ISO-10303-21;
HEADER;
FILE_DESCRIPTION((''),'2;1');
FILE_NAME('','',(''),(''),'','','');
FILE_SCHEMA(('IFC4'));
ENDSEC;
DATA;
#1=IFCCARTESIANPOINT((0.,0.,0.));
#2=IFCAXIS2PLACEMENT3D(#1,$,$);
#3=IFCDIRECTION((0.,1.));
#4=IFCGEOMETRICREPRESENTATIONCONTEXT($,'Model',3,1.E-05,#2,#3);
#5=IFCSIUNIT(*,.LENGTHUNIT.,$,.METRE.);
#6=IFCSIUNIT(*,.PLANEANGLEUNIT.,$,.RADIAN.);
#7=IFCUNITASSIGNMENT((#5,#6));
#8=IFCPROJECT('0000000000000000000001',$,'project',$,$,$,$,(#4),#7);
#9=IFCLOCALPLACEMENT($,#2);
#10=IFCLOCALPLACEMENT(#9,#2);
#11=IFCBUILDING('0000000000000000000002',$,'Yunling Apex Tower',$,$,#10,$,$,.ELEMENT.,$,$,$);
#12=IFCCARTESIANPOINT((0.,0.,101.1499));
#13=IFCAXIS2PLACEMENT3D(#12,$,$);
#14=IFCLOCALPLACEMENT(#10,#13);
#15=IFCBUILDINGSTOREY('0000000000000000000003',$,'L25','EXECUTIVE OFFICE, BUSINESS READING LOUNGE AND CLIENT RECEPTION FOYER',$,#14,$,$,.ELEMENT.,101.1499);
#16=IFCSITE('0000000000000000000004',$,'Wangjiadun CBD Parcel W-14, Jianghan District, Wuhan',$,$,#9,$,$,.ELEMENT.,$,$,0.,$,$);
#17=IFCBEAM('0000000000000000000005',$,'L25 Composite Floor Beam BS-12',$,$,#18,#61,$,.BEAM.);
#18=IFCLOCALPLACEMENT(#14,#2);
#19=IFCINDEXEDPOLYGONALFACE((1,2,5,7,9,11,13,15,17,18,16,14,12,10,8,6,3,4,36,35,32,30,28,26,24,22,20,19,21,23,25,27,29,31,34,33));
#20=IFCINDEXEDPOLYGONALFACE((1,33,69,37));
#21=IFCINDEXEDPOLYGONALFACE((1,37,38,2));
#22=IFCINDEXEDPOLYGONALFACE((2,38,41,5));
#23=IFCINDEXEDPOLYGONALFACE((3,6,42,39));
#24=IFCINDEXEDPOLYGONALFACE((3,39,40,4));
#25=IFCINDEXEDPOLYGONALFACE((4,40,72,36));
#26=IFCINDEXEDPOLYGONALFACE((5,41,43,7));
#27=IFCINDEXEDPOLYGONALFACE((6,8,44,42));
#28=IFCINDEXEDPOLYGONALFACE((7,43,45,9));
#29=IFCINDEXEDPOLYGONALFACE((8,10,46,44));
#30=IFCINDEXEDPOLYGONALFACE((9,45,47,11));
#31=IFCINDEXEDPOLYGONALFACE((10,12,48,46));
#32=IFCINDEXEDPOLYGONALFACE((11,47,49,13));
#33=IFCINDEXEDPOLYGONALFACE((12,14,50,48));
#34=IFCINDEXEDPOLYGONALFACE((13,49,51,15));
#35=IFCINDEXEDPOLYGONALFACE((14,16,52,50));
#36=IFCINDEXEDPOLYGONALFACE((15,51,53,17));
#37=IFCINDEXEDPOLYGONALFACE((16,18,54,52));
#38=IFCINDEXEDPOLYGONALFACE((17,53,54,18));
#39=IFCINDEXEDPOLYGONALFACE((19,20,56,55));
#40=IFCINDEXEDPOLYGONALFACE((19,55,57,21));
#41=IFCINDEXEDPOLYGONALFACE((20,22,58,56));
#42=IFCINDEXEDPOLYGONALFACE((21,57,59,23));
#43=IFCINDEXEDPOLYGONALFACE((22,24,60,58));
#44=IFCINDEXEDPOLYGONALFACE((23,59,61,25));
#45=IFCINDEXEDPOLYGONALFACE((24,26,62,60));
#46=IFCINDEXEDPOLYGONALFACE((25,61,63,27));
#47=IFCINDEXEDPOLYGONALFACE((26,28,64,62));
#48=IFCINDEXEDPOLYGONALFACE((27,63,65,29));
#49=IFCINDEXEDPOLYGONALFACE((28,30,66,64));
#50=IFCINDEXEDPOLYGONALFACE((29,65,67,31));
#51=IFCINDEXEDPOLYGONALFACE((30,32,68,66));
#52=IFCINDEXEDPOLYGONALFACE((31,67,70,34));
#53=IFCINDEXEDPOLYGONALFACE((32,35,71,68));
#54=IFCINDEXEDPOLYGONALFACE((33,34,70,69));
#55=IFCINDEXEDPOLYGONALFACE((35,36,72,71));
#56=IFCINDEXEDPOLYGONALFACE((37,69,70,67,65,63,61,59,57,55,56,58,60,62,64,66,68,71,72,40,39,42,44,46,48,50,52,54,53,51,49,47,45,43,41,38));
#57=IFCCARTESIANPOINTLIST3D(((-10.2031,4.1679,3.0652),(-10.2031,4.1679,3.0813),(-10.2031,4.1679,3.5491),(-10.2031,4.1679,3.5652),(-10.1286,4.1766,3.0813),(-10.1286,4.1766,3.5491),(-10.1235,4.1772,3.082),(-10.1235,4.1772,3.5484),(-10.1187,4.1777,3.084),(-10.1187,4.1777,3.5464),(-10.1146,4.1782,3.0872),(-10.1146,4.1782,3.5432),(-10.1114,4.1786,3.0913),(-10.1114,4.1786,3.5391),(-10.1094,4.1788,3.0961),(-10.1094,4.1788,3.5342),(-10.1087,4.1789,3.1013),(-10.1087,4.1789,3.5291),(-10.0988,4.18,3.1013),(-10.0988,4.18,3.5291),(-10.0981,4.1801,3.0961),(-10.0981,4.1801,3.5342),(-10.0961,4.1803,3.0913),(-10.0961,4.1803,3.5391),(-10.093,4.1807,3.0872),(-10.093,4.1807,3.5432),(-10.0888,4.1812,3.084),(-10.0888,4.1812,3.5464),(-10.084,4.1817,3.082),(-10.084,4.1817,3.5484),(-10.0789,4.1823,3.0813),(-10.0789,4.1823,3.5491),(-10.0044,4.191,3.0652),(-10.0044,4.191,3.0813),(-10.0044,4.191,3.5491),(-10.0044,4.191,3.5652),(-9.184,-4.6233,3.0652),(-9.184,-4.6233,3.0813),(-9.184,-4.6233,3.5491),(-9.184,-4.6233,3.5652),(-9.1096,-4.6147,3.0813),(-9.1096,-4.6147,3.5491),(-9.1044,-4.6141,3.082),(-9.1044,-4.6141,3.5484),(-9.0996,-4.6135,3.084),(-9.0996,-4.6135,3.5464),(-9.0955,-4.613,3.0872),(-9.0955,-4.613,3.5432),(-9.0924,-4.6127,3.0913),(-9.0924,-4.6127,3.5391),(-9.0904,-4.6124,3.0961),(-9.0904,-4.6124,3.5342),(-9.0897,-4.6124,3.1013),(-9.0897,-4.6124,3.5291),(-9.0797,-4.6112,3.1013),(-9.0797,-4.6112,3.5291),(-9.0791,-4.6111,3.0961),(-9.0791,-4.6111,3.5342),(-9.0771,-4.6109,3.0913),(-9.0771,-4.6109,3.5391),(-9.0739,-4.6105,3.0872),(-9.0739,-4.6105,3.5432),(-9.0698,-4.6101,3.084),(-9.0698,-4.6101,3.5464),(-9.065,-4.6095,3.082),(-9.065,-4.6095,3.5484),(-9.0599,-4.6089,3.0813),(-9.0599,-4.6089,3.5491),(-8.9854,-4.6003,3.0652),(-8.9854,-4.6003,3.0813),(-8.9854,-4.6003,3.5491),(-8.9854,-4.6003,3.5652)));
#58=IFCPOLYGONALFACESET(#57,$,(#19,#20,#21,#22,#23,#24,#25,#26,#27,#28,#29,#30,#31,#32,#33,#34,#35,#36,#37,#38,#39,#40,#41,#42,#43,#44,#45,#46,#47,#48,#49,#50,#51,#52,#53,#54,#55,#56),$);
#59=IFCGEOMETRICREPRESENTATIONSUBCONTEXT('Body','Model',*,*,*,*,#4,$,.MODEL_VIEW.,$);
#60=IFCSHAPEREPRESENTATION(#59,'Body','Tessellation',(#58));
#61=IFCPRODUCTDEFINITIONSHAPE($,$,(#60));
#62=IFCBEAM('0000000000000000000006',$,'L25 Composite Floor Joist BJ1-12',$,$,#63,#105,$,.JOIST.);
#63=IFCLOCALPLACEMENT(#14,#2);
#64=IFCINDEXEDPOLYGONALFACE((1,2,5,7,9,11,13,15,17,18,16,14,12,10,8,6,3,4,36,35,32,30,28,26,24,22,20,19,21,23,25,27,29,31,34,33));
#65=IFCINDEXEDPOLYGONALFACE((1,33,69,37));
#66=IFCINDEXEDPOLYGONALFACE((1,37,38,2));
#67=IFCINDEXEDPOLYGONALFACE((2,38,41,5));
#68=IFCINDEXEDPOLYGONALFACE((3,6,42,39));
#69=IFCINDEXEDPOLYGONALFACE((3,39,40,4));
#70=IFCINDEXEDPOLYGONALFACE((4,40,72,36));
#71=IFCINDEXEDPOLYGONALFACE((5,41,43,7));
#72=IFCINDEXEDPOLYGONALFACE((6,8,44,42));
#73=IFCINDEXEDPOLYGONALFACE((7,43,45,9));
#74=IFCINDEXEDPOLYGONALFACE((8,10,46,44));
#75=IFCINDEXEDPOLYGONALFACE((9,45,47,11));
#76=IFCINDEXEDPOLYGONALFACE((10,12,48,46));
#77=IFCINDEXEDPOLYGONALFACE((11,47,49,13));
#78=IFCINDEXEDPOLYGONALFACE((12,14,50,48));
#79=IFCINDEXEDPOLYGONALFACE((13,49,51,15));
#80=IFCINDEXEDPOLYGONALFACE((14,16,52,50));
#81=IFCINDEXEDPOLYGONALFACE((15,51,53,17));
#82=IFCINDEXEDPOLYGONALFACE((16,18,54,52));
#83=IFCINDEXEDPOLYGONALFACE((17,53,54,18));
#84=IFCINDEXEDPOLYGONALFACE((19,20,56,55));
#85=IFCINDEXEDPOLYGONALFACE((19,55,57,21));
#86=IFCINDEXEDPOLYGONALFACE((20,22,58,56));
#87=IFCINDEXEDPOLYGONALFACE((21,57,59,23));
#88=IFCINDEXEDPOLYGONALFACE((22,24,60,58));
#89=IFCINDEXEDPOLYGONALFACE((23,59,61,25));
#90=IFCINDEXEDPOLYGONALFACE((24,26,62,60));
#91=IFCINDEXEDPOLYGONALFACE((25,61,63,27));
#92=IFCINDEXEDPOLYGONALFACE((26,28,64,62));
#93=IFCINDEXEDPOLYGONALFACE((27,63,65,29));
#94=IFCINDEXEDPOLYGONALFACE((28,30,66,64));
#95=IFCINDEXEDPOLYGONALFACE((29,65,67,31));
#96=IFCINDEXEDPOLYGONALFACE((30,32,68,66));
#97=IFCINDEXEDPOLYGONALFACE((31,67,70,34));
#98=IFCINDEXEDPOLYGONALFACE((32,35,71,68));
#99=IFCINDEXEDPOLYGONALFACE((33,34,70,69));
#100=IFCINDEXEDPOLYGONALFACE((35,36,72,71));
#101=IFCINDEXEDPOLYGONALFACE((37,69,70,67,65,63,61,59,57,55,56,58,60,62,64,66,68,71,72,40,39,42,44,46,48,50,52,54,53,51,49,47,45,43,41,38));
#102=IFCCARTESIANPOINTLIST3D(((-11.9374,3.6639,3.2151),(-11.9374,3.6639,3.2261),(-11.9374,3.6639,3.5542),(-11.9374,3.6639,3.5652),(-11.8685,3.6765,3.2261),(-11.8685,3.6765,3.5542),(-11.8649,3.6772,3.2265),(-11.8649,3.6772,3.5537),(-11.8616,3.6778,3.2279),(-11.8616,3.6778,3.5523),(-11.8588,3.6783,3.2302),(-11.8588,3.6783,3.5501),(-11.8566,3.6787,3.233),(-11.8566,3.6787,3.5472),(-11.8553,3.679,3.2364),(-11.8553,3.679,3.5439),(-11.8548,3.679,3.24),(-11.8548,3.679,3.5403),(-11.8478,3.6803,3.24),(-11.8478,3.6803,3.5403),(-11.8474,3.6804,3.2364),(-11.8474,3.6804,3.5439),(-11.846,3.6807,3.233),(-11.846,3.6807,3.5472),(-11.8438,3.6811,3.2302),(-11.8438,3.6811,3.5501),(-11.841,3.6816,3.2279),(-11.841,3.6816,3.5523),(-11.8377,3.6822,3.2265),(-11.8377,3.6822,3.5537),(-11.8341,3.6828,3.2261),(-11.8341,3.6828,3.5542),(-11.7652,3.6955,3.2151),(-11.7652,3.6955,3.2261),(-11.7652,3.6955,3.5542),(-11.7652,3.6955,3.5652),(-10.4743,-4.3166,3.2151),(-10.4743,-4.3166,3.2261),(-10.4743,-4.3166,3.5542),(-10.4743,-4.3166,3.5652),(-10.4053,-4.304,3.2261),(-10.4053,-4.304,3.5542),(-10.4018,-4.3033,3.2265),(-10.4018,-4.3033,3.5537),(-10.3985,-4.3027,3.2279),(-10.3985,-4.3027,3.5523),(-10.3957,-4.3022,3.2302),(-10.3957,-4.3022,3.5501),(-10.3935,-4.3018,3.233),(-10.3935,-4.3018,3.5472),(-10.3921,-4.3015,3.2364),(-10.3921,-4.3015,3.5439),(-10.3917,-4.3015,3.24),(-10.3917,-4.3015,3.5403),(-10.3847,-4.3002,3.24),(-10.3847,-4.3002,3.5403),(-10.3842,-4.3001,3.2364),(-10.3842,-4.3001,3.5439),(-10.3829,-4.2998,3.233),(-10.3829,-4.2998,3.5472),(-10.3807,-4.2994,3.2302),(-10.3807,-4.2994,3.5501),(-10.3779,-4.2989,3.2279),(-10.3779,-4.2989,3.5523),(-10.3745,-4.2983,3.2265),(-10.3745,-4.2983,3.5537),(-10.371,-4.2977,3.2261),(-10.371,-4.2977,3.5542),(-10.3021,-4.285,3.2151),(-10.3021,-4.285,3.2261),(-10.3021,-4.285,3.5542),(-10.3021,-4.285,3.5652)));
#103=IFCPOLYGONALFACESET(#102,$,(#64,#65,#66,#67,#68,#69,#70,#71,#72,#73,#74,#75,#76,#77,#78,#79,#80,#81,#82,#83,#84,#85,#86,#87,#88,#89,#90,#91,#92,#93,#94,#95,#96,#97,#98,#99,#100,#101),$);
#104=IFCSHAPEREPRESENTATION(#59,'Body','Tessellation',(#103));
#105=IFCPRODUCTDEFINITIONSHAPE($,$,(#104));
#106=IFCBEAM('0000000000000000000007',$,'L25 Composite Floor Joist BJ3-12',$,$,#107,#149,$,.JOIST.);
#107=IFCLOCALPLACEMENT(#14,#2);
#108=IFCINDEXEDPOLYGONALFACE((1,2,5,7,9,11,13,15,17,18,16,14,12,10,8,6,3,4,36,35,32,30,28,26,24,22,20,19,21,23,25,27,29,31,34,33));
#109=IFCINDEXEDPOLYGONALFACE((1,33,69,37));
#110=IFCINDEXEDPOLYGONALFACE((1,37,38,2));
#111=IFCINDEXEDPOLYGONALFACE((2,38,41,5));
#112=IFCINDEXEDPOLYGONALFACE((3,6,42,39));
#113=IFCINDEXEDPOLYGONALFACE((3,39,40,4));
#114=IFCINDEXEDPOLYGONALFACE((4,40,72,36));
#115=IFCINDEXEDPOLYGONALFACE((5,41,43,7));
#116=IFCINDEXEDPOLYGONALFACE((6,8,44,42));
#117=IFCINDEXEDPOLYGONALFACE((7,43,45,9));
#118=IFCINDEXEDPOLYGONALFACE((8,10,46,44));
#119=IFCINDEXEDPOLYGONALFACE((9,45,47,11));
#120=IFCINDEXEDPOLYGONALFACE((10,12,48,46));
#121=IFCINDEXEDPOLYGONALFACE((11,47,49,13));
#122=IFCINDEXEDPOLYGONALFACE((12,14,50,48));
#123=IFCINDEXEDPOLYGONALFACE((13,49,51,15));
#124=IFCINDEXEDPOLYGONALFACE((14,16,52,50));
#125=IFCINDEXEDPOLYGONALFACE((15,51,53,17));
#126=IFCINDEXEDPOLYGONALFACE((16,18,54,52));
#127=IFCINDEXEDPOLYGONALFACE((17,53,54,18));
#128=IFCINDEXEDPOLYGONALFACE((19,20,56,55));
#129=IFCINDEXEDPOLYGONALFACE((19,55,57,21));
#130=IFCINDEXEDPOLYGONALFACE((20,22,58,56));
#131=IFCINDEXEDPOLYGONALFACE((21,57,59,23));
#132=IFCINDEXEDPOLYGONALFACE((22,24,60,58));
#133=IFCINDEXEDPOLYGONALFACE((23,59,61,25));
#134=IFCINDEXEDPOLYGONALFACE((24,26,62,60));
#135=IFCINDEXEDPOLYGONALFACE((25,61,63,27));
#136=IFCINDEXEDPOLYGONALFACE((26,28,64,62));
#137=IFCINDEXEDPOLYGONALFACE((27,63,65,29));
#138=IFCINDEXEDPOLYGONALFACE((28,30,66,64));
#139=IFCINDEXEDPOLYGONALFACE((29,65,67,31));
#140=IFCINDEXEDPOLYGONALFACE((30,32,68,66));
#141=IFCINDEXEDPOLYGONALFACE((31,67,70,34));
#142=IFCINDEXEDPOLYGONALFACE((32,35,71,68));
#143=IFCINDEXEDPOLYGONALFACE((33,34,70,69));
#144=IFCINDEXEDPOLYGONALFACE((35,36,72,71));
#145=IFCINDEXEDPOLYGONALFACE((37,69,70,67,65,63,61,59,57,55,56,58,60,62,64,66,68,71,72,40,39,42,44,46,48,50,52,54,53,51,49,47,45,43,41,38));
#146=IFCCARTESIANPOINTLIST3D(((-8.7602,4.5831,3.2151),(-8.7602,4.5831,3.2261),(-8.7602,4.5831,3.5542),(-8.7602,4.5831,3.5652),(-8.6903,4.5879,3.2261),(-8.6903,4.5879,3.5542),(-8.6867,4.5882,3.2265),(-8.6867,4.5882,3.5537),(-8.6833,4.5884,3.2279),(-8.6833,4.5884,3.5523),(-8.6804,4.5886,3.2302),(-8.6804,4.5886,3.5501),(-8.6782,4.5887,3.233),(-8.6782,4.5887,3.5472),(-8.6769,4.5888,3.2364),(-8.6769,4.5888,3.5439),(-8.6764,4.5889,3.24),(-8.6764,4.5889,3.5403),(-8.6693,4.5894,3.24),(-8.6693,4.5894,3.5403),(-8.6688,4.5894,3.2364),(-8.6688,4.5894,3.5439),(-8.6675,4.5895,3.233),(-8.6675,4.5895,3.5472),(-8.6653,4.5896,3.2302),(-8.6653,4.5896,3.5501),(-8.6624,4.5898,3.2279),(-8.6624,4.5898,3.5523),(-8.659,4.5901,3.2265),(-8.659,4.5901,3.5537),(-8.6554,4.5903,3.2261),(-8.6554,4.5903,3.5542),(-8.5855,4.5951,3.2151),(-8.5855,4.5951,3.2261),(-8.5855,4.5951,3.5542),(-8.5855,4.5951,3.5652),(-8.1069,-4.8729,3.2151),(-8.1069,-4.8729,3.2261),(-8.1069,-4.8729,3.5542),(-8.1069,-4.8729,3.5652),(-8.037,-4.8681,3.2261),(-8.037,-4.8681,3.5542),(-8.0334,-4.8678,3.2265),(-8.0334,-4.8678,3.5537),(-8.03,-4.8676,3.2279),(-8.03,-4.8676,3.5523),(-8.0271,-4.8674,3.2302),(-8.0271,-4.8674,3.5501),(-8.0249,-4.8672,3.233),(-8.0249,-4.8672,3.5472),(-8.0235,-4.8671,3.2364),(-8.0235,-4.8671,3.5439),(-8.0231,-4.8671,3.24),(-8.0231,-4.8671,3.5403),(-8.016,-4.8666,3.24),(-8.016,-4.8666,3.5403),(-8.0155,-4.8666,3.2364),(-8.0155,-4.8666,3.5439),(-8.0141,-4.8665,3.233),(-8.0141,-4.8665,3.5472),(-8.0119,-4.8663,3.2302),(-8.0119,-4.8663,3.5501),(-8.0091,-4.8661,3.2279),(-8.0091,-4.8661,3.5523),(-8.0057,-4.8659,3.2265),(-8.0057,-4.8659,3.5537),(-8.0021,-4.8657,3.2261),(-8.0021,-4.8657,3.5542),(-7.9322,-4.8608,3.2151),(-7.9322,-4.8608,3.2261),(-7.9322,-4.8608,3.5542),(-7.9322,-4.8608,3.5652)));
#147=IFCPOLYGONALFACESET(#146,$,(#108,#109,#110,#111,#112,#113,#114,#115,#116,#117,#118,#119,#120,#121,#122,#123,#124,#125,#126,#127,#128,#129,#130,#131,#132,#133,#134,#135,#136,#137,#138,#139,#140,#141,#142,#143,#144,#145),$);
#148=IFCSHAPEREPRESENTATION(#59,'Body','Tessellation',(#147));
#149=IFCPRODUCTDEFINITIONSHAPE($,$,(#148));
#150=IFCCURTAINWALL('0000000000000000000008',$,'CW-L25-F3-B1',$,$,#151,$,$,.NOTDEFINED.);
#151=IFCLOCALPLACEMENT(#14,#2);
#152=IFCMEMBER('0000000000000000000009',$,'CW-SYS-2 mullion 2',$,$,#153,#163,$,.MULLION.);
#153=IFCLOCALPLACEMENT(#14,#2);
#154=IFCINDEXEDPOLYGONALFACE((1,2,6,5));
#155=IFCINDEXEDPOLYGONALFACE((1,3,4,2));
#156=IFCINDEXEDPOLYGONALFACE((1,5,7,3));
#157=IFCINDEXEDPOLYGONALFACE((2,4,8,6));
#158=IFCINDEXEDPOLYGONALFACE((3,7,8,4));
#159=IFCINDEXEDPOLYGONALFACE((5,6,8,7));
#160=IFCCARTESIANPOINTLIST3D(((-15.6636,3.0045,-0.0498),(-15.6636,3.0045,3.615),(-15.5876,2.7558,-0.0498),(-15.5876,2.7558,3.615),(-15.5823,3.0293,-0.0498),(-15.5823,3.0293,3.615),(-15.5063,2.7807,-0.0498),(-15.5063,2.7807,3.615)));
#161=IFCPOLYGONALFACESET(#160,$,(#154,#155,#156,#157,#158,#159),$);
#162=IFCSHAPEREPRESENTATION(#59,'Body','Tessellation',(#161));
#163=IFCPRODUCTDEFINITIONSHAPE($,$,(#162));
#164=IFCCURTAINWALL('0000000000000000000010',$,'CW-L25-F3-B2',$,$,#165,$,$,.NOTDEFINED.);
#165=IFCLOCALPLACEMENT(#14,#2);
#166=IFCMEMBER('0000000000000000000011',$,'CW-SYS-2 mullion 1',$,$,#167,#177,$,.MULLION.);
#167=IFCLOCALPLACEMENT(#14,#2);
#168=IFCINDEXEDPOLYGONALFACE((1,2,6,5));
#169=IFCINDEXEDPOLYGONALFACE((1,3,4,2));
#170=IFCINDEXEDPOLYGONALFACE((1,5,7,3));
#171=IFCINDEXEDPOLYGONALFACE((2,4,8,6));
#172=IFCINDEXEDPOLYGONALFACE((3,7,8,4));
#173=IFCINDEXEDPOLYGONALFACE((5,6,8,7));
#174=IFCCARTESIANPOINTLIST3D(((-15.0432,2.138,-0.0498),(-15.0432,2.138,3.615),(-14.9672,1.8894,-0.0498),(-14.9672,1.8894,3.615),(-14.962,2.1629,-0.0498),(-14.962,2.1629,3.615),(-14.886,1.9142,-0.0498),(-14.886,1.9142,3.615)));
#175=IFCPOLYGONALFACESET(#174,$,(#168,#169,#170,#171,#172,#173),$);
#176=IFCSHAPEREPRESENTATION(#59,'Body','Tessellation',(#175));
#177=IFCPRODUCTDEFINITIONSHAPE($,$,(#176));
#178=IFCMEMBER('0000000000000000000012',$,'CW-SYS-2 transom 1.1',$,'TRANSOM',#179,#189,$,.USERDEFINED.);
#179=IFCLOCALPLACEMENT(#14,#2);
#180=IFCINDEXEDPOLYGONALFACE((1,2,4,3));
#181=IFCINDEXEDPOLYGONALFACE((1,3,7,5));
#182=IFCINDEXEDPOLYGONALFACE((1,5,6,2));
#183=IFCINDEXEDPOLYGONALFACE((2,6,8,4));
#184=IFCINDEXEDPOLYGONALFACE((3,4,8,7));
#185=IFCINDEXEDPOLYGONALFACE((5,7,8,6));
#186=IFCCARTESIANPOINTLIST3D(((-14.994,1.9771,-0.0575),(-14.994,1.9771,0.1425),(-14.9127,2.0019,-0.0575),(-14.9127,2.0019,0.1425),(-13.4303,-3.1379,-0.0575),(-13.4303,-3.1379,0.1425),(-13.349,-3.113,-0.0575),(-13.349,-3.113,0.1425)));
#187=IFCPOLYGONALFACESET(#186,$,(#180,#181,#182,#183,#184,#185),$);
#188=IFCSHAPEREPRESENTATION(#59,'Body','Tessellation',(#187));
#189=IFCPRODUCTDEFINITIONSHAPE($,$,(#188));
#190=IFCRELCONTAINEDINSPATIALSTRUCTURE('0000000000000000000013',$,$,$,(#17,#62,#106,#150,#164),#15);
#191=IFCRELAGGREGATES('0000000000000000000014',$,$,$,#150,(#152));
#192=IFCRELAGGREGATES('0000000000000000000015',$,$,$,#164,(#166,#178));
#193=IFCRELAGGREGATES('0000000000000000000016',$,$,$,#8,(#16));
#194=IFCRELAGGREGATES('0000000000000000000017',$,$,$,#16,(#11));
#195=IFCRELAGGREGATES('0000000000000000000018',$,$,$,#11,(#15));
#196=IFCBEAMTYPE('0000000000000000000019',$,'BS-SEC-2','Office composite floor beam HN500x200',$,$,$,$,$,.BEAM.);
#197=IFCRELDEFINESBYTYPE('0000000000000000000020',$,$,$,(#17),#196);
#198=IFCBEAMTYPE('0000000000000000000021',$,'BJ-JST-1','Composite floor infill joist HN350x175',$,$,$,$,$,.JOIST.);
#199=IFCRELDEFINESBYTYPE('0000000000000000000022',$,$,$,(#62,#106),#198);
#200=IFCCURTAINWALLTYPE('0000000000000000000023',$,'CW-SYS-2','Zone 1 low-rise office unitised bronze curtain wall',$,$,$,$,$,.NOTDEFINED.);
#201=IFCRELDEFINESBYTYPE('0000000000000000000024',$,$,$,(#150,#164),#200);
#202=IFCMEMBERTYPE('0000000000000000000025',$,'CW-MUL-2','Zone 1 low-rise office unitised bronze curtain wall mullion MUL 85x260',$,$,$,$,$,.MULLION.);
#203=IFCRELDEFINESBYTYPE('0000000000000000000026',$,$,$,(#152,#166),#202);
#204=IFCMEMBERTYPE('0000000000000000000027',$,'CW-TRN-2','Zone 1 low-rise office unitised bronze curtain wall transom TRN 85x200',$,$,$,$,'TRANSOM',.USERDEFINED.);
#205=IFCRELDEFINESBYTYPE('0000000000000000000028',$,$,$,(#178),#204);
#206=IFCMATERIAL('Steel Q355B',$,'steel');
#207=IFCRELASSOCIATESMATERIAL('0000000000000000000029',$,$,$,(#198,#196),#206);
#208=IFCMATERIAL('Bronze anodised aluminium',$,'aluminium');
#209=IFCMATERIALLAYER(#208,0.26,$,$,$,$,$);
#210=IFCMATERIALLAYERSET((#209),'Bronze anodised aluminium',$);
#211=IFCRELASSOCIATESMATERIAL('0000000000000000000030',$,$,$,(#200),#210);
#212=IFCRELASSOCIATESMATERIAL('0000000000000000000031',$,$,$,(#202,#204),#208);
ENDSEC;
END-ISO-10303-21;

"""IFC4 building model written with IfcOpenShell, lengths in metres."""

from ifc_helpers import new_model, si_unit, direction, frame, origin, origin_2d, place, context, subcontext, project, spatial, rectangle, i_section, extrude, source, transform, mapped, material, layer, layer_set, material_profile, profile_set, type_object, element, aggregate, save


model = new_model("IFC4")

# Units and contexts
model_context = context("Model", 3, precision=1e-05, world=origin(), true_north=direction((0.0, 1.0)))
body_context = subcontext(model_context, "Body", "Model", "MODEL_VIEW")
ifc_project = project(units=[si_unit("LENGTHUNIT", "METRE"), si_unit("PLANEANGLEUNIT", "RADIAN")], contexts=[model_context])

# Site, building, storey
site_placement = place(None, origin())
site = spatial("IfcSite", under=ifc_project, at=site_placement, Name="Wangjiadun CBD Parcel W-14, Jianghan District, Wuhan", CompositionType="ELEMENT", RefElevation=0.0)
building_placement = place(site_placement, origin())
building = spatial("IfcBuilding", under=site, at=building_placement, Name="Yunling Apex Tower", CompositionType="ELEMENT")
storey_placement = place(building_placement, frame((0.0, 0.0, 101.1499)))
storey = spatial("IfcBuildingStorey", under=building, at=storey_placement, Name="L25", Description="EXECUTIVE OFFICE, BUSINESS READING LOUNGE AND CLIENT RECEPTION FOYER", CompositionType="ELEMENT", Elevation=101.1499)

# Beams
ifc_material_1 = material(Name="Steel Q355B", Category="steel")
ifc_material_profile_1 = material_profile(ifc_material_1, i_section(OverallWidth=0.175, OverallDepth=0.3501, WebThickness=0.0071, FlangeThickness=0.011, FilletRadius=0.0139, at=origin_2d()))
ifc_profile_set_1 = profile_set([ifc_material_profile_1], Name="Steel Q355B")
beam_type_1 = type_object("IfcBeamType", Name="BJ-JST-1", Description="Composite floor infill joist HN350x175", PredefinedType="JOIST", material=ifc_profile_set_1)
ifc_material_profile_2 = material_profile(ifc_material_1, i_section(OverallWidth=0.2, OverallDepth=0.5, WebThickness=0.01, FlangeThickness=0.0161, FilletRadius=0.02, at=origin_2d()))
ifc_profile_set_2 = profile_set([ifc_material_profile_2], Name="Steel Q355B")
beam_type_2 = type_object("IfcBeamType", Name="BS-SEC-2", Description="Office composite floor beam HN500x200", PredefinedType="BEAM", material=ifc_profile_set_2)
shared_shape_1 = source(origin(), body_context, "Body", "SweptSolid", [
    extrude(i_section(OverallWidth=0.2, OverallDepth=0.5, WebThickness=0.01, FlangeThickness=0.0161, FilletRadius=0.02, at=origin_2d()), origin(), (0.0, 0.0, 1.0), 8.8501),
])
beam_1_placement = place(storey_placement, frame((-10.1038, 4.1794, 3.3152), z_axis=(0.115144, -0.993349, 0.0), x_axis=(0.993349, 0.115144, 0.0)))
element("IfcBeam", 1, at=beam_1_placement, inside=storey, type_object=beam_type_2, Name="L25 Composite Floor Beam BS-12", PredefinedType="BEAM", context=body_context, shape_type="MappedRepresentation", body=[
    mapped(shared_shape_1, transform((0.0, 0.0, 0.0), scale=1.0)),
])
shared_shape_2 = source(origin(), body_context, "Body", "SweptSolid", [
    extrude(i_section(OverallWidth=0.175, OverallDepth=0.3501, WebThickness=0.0071, FlangeThickness=0.011, FilletRadius=0.0139, at=origin_2d()), origin(), (0.0, 0.0, 1.0), 8.1135),
])
beam_2_placement = place(storey_placement, frame((-11.8513, 3.6797, 3.3901), z_axis=(0.180334, -0.983605, 0.0), x_axis=(0.983605, 0.180334, 0.0)))
element("IfcBeam", 2, at=beam_2_placement, inside=storey, type_object=beam_type_1, Name="L25 Composite Floor Joist BJ1-12", PredefinedType="JOIST", context=body_context, shape_type="MappedRepresentation", body=[
    mapped(shared_shape_2, transform((0.0, 0.0, 0.0), scale=1.0)),
])
shared_shape_3 = source(origin(), body_context, "Body", "SweptSolid", [
    extrude(i_section(OverallWidth=0.175, OverallDepth=0.3501, WebThickness=0.0071, FlangeThickness=0.011, FilletRadius=0.0139, at=origin_2d()), origin(), (0.0, 0.0, 1.0), 9.4785),
])
beam_3_placement = place(storey_placement, frame((-8.6729, 4.5891, 3.3901), z_axis=(0.068926, -0.997622, 0.0), x_axis=(0.997622, 0.068926, 0.0)))
element("IfcBeam", 3, at=beam_3_placement, inside=storey, type_object=beam_type_1, Name="L25 Composite Floor Joist BJ3-12", PredefinedType="JOIST", context=body_context, shape_type="MappedRepresentation", body=[
    mapped(shared_shape_3, transform((0.0, 0.0, 0.0), scale=1.0)),
])

# Curtain wall, member
ifc_material_2 = material(Name="Bronze anodised aluminium", Category="aluminium")
ifc_layer_1 = layer(ifc_material_2, 0.26)
ifc_layer_set_1 = layer_set([ifc_layer_1], Name="Bronze anodised aluminium")
curtain_wall_type = type_object("IfcCurtainWallType", Name="CW-SYS-2", Description="Zone 1 low-rise office unitised bronze curtain wall", PredefinedType="NOTDEFINED", material=ifc_layer_set_1)
curtain_wall_1_placement = place(storey_placement, origin())
curtain_wall_1 = element("IfcCurtainWall", 4, at=curtain_wall_1_placement, inside=storey, type_object=curtain_wall_type, Name="CW-L25-F3-B1", PredefinedType="NOTDEFINED")
ifc_material_profile_3 = material_profile(ifc_material_2, rectangle(XDim=0.085, YDim=0.26, at=origin_2d()))
ifc_profile_set_3 = profile_set([ifc_material_profile_3], Name="Bronze anodised aluminium")
member_type_1 = type_object("IfcMemberType", Name="CW-MUL-2", Description="Zone 1 low-rise office unitised bronze curtain wall mullion MUL 85x260", PredefinedType="MULLION", material=ifc_profile_set_3)
shared_shape_4 = source(origin(), body_context, "Body", "SweptSolid", [
    extrude(rectangle(XDim=0.085, YDim=0.26, at=origin_2d()), origin(), (0.0, 0.0, 1.0), 3.6648),
])
member_1_placement = place(storey_placement, frame((-15.585, 2.8926, -0.0498), z_axis=(0.0, 0.0, 1.0), x_axis=(0.956304, 0.292373, 0.0)))
member_1 = element("IfcMember", 5, at=member_1_placement, type_object=member_type_1, Name="CW-SYS-2 mullion 2", PredefinedType="MULLION", context=body_context, shape_type="MappedRepresentation", body=[
    mapped(shared_shape_4, transform((0.0, 0.0, 0.0), scale=1.0)),
])

# Curtain wall, members
curtain_wall_2_placement = place(storey_placement, origin())
curtain_wall_2 = element("IfcCurtainWall", 6, at=curtain_wall_2_placement, inside=storey, type_object=curtain_wall_type, Name="CW-L25-F3-B2", PredefinedType="NOTDEFINED")
member_2_placement = place(storey_placement, frame((-14.9646, 2.0261, -0.0498), z_axis=(0.0, 0.0, 1.0), x_axis=(0.956307, 0.292364, 0.0)))
member_2 = element("IfcMember", 7, at=member_2_placement, type_object=member_type_1, Name="CW-SYS-2 mullion 1", PredefinedType="MULLION", context=body_context, shape_type="MappedRepresentation", body=[
    mapped(shared_shape_4, transform((0.0, 0.0, 0.0), scale=1.0)),
])
ifc_material_profile_4 = material_profile(ifc_material_2, rectangle(XDim=0.085, YDim=0.2, at=origin_2d()))
ifc_profile_set_4 = profile_set([ifc_material_profile_4], Name="Bronze anodised aluminium")
member_type_2 = type_object("IfcMemberType", Name="CW-TRN-2", Description="Zone 1 low-rise office unitised bronze curtain wall transom TRN 85x200", ElementType="TRANSOM", PredefinedType="USERDEFINED", material=ifc_profile_set_4)
shared_shape_5 = source(origin(), body_context, "Body", "SweptSolid", [
    extrude(rectangle(XDim=0.085, YDim=0.2, at=origin_2d()), origin(), (0.0, 0.0, 1.0), 5.3486),
])
member_3_placement = place(storey_placement, frame((-14.9534, 1.9895, 0.0425), z_axis=(0.292357, -0.956309, 0.0), x_axis=(0.956309, 0.292357, 0.0)))
member_3 = element("IfcMember", 8, at=member_3_placement, type_object=member_type_2, Name="CW-SYS-2 transom 1.1", ObjectType="TRANSOM", PredefinedType="USERDEFINED", context=body_context, shape_type="MappedRepresentation", body=[
    mapped(shared_shape_5, transform((0.0, 0.0, 0.0), scale=1.0)),
])

aggregate(curtain_wall_1, [member_1])
aggregate(curtain_wall_2, [member_2, member_3])

save(model, "model.ifc")
